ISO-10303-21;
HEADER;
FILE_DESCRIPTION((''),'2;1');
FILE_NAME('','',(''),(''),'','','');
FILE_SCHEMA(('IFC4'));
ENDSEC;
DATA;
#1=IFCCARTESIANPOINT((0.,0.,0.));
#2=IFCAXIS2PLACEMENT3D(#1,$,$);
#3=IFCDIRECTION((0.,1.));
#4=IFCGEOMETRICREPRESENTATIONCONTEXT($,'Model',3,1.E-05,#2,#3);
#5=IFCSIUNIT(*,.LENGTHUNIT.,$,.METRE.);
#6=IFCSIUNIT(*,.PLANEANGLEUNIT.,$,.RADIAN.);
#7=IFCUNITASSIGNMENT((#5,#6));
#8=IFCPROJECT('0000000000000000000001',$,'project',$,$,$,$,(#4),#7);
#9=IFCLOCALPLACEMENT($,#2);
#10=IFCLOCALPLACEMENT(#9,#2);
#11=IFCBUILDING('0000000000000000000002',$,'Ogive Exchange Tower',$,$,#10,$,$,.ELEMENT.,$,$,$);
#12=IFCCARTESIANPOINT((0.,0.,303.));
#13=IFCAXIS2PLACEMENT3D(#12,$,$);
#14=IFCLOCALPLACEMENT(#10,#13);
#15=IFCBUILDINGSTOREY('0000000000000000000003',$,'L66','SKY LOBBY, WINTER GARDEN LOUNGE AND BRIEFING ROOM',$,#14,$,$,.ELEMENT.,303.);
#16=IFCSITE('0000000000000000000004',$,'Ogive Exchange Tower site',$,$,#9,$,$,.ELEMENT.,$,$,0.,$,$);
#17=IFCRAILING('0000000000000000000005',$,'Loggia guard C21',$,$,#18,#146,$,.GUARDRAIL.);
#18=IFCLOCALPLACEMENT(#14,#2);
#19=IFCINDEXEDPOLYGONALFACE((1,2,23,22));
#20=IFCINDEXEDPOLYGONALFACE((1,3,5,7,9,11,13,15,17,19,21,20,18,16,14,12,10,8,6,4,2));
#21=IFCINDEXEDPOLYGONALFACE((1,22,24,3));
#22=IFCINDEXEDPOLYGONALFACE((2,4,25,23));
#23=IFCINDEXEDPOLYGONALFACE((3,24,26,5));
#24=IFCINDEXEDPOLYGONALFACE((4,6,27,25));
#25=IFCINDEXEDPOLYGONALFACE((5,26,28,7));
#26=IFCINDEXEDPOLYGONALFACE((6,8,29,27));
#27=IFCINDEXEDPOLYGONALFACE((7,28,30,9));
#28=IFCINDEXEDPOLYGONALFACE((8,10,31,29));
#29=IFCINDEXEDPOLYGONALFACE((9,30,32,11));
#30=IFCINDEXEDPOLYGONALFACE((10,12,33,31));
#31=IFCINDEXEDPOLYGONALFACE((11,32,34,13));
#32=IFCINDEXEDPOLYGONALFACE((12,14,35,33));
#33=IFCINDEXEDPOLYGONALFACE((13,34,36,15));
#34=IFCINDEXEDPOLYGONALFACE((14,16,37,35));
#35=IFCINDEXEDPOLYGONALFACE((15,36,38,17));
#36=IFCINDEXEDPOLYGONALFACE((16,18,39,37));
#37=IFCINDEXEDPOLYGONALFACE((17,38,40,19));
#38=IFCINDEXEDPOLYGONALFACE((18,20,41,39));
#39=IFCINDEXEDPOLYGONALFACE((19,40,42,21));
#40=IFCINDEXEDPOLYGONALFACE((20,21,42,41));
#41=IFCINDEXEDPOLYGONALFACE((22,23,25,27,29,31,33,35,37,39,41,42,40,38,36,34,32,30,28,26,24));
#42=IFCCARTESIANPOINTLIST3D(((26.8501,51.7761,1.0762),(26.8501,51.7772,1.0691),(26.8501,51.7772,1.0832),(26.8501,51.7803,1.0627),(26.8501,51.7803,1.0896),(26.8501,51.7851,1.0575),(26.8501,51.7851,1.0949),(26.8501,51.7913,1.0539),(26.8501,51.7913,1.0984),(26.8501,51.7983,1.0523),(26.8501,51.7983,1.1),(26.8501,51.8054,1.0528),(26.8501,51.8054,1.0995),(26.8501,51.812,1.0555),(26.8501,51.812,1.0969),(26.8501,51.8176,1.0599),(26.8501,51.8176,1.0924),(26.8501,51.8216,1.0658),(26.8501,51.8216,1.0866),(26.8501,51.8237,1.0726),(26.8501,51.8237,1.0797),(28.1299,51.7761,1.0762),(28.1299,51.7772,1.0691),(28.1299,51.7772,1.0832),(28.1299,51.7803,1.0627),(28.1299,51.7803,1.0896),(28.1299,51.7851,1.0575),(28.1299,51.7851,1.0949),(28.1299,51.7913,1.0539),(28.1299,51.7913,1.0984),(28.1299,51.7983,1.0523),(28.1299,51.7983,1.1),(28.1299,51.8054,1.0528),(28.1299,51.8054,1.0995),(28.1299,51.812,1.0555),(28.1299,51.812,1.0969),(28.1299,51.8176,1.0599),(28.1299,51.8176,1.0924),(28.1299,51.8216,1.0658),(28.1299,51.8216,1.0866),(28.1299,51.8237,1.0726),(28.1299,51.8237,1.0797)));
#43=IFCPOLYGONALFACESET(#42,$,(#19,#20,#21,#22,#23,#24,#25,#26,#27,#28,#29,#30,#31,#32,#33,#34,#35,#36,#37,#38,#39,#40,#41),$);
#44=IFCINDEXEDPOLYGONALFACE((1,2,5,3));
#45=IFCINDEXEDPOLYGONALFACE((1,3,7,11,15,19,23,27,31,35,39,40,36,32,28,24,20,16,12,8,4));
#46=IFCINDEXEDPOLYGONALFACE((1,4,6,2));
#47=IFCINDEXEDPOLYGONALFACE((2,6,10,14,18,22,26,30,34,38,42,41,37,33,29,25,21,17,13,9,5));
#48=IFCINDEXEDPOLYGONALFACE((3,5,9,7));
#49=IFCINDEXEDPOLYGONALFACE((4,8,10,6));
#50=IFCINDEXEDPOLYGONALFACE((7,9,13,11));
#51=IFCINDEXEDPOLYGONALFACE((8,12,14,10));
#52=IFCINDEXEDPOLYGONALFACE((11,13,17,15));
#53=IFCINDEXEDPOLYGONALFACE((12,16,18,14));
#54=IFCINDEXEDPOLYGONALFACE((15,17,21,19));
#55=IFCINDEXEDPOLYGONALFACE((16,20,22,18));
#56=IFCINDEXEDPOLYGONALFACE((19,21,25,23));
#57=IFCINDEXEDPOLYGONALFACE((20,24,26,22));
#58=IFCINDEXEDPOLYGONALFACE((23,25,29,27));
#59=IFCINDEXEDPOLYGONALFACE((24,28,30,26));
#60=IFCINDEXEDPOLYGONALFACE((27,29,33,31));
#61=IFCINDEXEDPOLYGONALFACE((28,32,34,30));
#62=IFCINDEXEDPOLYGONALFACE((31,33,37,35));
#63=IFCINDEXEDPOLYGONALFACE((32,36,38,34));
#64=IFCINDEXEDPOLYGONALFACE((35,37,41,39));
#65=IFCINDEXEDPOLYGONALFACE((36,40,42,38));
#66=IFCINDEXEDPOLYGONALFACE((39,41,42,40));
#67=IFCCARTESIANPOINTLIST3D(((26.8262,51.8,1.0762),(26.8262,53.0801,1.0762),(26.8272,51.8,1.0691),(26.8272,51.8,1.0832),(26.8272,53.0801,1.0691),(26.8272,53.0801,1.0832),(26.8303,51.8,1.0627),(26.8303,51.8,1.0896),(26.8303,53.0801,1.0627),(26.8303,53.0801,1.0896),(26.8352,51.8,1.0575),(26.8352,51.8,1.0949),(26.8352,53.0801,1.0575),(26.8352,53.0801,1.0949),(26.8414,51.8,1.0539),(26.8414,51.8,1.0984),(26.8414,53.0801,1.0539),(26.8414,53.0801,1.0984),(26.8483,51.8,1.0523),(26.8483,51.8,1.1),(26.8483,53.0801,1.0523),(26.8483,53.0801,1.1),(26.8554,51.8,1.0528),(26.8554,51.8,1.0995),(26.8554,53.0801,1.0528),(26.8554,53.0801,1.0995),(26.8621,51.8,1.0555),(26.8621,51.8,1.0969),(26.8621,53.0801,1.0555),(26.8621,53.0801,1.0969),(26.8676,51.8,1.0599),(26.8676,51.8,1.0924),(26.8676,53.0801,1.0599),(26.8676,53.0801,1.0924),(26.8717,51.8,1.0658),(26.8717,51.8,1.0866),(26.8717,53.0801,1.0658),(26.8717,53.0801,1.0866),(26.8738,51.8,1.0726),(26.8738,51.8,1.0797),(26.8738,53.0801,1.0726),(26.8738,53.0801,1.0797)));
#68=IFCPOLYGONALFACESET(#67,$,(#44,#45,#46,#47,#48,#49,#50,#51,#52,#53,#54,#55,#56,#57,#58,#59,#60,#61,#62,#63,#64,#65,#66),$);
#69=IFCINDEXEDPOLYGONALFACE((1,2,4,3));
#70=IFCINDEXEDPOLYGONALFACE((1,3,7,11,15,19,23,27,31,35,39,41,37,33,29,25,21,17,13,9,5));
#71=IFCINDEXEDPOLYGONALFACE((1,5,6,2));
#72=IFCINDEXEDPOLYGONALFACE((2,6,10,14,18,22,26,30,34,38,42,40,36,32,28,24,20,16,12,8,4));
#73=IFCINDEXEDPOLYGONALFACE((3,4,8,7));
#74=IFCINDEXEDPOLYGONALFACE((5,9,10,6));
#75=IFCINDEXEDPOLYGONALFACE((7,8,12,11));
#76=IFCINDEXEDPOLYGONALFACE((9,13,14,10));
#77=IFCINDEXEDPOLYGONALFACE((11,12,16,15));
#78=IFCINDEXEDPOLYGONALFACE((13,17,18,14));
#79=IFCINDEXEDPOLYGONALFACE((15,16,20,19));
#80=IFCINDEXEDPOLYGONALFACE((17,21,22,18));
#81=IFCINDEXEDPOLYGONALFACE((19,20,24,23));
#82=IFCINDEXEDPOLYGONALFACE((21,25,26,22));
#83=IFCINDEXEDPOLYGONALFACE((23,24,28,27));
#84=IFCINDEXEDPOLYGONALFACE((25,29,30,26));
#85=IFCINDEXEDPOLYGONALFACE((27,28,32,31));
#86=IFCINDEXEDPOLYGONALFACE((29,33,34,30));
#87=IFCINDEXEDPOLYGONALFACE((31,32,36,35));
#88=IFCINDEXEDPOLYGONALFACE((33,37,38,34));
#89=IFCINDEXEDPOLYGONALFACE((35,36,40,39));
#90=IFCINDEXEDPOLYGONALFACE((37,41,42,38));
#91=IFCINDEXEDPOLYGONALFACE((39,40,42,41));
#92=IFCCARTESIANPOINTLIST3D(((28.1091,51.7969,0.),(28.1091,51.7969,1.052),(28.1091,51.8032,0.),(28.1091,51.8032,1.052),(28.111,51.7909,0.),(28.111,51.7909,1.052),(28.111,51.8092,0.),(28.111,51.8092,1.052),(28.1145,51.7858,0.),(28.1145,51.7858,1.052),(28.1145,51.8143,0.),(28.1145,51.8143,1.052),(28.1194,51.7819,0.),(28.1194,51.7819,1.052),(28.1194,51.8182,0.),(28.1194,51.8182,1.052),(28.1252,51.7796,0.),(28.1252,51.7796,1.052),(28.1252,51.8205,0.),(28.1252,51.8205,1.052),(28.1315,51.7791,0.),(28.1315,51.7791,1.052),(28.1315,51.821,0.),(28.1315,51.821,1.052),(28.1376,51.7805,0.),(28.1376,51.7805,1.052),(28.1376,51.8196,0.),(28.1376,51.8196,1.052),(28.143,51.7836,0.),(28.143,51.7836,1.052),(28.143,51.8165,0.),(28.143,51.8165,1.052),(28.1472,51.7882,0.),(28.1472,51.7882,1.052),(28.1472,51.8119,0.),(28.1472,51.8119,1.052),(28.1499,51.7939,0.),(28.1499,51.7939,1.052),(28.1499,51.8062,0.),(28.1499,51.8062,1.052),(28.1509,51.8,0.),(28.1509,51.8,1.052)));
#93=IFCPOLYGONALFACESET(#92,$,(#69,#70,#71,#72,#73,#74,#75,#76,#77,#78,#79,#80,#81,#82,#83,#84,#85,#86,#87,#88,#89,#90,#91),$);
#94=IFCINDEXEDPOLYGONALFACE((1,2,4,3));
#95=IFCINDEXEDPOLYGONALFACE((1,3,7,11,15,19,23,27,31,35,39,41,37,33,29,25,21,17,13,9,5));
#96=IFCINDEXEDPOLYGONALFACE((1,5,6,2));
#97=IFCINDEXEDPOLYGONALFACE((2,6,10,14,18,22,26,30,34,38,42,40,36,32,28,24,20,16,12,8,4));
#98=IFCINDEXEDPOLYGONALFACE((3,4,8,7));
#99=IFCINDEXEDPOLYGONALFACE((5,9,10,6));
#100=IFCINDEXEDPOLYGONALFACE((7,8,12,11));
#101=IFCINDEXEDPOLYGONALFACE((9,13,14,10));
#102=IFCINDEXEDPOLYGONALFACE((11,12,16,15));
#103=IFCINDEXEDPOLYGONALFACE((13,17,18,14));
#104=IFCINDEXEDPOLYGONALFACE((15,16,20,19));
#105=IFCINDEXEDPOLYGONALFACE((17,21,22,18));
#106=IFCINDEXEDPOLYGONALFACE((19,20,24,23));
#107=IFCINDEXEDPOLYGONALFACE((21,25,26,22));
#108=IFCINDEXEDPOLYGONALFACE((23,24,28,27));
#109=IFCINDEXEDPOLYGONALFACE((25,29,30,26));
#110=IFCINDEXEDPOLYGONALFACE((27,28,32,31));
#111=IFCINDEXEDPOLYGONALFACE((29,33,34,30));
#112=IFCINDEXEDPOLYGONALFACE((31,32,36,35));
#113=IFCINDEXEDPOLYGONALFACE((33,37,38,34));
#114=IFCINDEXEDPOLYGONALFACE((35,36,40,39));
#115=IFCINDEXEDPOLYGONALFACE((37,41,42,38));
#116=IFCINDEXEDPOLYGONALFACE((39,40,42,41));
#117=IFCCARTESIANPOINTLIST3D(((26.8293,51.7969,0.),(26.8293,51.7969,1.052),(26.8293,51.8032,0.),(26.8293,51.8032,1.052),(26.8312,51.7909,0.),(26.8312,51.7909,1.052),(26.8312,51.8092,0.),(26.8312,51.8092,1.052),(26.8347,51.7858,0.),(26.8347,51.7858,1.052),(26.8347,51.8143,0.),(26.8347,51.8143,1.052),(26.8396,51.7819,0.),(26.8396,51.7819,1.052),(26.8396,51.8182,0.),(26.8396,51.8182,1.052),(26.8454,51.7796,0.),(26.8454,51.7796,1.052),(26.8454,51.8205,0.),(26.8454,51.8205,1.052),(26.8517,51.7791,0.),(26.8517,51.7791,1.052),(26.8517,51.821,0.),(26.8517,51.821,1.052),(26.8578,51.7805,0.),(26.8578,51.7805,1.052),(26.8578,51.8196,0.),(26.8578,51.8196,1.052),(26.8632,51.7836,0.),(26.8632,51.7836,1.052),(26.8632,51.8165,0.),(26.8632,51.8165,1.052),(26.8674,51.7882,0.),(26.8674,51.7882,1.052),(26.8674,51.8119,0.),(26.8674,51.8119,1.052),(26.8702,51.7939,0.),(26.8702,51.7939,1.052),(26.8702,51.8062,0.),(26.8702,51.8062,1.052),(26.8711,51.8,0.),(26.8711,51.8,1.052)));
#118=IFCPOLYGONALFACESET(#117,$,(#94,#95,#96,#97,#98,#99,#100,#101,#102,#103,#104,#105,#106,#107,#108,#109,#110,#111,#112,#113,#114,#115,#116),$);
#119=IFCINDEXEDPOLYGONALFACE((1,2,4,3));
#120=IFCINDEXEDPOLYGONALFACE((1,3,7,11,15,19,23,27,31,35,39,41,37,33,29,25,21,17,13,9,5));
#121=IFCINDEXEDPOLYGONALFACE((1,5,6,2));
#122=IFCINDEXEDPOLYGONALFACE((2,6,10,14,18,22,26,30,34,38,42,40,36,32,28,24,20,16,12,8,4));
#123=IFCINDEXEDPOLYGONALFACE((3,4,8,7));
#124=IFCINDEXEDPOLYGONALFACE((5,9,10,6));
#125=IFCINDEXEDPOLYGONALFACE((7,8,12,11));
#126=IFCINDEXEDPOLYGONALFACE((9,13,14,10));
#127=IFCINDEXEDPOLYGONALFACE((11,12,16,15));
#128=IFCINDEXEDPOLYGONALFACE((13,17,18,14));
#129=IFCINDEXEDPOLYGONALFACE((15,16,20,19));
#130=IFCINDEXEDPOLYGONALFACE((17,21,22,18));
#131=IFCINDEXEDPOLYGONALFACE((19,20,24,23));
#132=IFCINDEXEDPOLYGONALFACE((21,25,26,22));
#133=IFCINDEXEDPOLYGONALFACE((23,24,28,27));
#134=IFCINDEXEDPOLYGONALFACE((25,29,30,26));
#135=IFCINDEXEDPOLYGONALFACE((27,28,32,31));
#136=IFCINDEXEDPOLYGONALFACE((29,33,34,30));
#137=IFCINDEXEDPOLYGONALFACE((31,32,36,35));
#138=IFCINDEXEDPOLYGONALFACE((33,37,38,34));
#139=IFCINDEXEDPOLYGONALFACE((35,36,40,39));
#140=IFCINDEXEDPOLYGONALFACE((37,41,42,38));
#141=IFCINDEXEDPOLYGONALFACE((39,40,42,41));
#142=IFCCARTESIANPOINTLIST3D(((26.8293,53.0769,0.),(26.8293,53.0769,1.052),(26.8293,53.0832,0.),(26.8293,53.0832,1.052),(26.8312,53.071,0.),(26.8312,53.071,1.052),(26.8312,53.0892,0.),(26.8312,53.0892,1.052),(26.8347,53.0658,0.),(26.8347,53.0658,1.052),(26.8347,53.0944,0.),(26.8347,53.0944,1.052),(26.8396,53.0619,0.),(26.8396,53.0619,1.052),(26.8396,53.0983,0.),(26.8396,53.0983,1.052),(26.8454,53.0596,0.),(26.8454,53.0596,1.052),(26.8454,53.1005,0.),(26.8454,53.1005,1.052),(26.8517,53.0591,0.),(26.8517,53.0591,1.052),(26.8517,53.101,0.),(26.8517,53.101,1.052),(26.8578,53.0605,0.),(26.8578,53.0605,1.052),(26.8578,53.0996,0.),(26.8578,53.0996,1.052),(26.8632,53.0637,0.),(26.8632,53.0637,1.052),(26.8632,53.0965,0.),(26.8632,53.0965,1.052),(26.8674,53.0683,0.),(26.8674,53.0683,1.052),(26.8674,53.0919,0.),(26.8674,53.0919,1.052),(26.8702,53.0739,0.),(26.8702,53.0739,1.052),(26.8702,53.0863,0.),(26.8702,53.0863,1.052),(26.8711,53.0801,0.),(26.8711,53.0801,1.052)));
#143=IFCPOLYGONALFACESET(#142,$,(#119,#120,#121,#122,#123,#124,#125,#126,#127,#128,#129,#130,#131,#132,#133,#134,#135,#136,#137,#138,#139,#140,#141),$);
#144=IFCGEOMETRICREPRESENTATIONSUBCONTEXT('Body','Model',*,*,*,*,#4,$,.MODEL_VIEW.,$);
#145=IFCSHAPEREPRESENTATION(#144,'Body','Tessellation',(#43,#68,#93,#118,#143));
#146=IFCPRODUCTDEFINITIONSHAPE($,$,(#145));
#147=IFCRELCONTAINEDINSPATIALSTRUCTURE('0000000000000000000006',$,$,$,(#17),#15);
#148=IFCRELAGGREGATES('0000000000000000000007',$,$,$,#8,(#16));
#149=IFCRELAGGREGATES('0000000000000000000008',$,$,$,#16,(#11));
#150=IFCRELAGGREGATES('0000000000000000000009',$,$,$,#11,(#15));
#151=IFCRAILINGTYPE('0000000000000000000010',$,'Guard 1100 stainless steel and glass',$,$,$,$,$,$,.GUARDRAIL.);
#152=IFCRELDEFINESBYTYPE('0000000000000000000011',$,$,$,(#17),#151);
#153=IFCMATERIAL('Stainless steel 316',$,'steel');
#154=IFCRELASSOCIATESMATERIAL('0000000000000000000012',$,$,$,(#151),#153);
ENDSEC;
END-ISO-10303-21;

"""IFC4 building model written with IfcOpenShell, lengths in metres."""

from ifc_helpers import new_model, si_unit, direction, frame, origin, origin_2d, place, context, subcontext, project, spatial, circle, extrude, material, type_object, element, save


model = new_model("IFC4")

# Units and contexts
model_context = context("Model", 3, precision=1e-05, world=origin(), true_north=direction((0.0, 1.0)))
body_context = subcontext(model_context, "Body", "Model", "MODEL_VIEW")
ifc_project = project(units=[si_unit("LENGTHUNIT", "METRE"), si_unit("PLANEANGLEUNIT", "RADIAN")], contexts=[model_context])

# Site, building, storey
site_placement = place(None, origin())
site = spatial("IfcSite", under=ifc_project, at=site_placement, Name="Ogive Exchange Tower site", CompositionType="ELEMENT", RefElevation=0.0)
building_placement = place(site_placement, origin())
building = spatial("IfcBuilding", under=site, at=building_placement, Name="Ogive Exchange Tower", CompositionType="ELEMENT")
storey_placement = place(building_placement, frame((0.0, 0.0, 303.0)))
storey = spatial("IfcBuildingStorey", under=building, at=storey_placement, Name="L66", Description="SKY LOBBY, WINTER GARDEN LOUNGE AND BRIEFING ROOM", CompositionType="ELEMENT", Elevation=303.0)

# Railing
ifc_material_1 = material(Name="Stainless steel 316", Category="steel")
railing_type_1 = type_object("IfcRailingType", Name="Guard 1100 stainless steel and glass", PredefinedType="GUARDRAIL", material=ifc_material_1)
railing_1_placement = place(storey_placement, frame((28.1299, 51.8, 0.0)))
element("IfcRailing", 1, at=railing_1_placement, inside=storey, type_object=railing_type_1, Name="Loggia guard C21", PredefinedType="GUARDRAIL", context=body_context, shape_type="SweptSolid", body=[
    extrude(circle(Radius=0.0239, at=origin_2d()), frame((0.0, 0.0, 1.0762), z_axis=(-1.0, 0.0, 0.0), x_axis=(0.0, -1.0, 0.0)), (0.0, 0.0, 1.0), 1.2798),
    extrude(circle(Radius=0.0239, at=origin_2d()), frame((-1.2798, 0.0, 1.0762), z_axis=(0.0, 1.0, 0.0), x_axis=(-1.0, 0.0, 0.0)), (0.0, 0.0, 1.0), 1.28),
    extrude(circle(Radius=0.021, at=origin_2d()), origin(), (0.0, 0.0, 1.0), 1.052),
    extrude(circle(Radius=0.021, at=origin_2d()), frame((-1.2798, 0.0, 0.0)), (0.0, 0.0, 1.0), 1.052),
    extrude(circle(Radius=0.021, at=origin_2d()), frame((-1.2798, 1.28, 0.0)), (0.0, 0.0, 1.0), 1.052),
])

save(model, "model.ifc")
